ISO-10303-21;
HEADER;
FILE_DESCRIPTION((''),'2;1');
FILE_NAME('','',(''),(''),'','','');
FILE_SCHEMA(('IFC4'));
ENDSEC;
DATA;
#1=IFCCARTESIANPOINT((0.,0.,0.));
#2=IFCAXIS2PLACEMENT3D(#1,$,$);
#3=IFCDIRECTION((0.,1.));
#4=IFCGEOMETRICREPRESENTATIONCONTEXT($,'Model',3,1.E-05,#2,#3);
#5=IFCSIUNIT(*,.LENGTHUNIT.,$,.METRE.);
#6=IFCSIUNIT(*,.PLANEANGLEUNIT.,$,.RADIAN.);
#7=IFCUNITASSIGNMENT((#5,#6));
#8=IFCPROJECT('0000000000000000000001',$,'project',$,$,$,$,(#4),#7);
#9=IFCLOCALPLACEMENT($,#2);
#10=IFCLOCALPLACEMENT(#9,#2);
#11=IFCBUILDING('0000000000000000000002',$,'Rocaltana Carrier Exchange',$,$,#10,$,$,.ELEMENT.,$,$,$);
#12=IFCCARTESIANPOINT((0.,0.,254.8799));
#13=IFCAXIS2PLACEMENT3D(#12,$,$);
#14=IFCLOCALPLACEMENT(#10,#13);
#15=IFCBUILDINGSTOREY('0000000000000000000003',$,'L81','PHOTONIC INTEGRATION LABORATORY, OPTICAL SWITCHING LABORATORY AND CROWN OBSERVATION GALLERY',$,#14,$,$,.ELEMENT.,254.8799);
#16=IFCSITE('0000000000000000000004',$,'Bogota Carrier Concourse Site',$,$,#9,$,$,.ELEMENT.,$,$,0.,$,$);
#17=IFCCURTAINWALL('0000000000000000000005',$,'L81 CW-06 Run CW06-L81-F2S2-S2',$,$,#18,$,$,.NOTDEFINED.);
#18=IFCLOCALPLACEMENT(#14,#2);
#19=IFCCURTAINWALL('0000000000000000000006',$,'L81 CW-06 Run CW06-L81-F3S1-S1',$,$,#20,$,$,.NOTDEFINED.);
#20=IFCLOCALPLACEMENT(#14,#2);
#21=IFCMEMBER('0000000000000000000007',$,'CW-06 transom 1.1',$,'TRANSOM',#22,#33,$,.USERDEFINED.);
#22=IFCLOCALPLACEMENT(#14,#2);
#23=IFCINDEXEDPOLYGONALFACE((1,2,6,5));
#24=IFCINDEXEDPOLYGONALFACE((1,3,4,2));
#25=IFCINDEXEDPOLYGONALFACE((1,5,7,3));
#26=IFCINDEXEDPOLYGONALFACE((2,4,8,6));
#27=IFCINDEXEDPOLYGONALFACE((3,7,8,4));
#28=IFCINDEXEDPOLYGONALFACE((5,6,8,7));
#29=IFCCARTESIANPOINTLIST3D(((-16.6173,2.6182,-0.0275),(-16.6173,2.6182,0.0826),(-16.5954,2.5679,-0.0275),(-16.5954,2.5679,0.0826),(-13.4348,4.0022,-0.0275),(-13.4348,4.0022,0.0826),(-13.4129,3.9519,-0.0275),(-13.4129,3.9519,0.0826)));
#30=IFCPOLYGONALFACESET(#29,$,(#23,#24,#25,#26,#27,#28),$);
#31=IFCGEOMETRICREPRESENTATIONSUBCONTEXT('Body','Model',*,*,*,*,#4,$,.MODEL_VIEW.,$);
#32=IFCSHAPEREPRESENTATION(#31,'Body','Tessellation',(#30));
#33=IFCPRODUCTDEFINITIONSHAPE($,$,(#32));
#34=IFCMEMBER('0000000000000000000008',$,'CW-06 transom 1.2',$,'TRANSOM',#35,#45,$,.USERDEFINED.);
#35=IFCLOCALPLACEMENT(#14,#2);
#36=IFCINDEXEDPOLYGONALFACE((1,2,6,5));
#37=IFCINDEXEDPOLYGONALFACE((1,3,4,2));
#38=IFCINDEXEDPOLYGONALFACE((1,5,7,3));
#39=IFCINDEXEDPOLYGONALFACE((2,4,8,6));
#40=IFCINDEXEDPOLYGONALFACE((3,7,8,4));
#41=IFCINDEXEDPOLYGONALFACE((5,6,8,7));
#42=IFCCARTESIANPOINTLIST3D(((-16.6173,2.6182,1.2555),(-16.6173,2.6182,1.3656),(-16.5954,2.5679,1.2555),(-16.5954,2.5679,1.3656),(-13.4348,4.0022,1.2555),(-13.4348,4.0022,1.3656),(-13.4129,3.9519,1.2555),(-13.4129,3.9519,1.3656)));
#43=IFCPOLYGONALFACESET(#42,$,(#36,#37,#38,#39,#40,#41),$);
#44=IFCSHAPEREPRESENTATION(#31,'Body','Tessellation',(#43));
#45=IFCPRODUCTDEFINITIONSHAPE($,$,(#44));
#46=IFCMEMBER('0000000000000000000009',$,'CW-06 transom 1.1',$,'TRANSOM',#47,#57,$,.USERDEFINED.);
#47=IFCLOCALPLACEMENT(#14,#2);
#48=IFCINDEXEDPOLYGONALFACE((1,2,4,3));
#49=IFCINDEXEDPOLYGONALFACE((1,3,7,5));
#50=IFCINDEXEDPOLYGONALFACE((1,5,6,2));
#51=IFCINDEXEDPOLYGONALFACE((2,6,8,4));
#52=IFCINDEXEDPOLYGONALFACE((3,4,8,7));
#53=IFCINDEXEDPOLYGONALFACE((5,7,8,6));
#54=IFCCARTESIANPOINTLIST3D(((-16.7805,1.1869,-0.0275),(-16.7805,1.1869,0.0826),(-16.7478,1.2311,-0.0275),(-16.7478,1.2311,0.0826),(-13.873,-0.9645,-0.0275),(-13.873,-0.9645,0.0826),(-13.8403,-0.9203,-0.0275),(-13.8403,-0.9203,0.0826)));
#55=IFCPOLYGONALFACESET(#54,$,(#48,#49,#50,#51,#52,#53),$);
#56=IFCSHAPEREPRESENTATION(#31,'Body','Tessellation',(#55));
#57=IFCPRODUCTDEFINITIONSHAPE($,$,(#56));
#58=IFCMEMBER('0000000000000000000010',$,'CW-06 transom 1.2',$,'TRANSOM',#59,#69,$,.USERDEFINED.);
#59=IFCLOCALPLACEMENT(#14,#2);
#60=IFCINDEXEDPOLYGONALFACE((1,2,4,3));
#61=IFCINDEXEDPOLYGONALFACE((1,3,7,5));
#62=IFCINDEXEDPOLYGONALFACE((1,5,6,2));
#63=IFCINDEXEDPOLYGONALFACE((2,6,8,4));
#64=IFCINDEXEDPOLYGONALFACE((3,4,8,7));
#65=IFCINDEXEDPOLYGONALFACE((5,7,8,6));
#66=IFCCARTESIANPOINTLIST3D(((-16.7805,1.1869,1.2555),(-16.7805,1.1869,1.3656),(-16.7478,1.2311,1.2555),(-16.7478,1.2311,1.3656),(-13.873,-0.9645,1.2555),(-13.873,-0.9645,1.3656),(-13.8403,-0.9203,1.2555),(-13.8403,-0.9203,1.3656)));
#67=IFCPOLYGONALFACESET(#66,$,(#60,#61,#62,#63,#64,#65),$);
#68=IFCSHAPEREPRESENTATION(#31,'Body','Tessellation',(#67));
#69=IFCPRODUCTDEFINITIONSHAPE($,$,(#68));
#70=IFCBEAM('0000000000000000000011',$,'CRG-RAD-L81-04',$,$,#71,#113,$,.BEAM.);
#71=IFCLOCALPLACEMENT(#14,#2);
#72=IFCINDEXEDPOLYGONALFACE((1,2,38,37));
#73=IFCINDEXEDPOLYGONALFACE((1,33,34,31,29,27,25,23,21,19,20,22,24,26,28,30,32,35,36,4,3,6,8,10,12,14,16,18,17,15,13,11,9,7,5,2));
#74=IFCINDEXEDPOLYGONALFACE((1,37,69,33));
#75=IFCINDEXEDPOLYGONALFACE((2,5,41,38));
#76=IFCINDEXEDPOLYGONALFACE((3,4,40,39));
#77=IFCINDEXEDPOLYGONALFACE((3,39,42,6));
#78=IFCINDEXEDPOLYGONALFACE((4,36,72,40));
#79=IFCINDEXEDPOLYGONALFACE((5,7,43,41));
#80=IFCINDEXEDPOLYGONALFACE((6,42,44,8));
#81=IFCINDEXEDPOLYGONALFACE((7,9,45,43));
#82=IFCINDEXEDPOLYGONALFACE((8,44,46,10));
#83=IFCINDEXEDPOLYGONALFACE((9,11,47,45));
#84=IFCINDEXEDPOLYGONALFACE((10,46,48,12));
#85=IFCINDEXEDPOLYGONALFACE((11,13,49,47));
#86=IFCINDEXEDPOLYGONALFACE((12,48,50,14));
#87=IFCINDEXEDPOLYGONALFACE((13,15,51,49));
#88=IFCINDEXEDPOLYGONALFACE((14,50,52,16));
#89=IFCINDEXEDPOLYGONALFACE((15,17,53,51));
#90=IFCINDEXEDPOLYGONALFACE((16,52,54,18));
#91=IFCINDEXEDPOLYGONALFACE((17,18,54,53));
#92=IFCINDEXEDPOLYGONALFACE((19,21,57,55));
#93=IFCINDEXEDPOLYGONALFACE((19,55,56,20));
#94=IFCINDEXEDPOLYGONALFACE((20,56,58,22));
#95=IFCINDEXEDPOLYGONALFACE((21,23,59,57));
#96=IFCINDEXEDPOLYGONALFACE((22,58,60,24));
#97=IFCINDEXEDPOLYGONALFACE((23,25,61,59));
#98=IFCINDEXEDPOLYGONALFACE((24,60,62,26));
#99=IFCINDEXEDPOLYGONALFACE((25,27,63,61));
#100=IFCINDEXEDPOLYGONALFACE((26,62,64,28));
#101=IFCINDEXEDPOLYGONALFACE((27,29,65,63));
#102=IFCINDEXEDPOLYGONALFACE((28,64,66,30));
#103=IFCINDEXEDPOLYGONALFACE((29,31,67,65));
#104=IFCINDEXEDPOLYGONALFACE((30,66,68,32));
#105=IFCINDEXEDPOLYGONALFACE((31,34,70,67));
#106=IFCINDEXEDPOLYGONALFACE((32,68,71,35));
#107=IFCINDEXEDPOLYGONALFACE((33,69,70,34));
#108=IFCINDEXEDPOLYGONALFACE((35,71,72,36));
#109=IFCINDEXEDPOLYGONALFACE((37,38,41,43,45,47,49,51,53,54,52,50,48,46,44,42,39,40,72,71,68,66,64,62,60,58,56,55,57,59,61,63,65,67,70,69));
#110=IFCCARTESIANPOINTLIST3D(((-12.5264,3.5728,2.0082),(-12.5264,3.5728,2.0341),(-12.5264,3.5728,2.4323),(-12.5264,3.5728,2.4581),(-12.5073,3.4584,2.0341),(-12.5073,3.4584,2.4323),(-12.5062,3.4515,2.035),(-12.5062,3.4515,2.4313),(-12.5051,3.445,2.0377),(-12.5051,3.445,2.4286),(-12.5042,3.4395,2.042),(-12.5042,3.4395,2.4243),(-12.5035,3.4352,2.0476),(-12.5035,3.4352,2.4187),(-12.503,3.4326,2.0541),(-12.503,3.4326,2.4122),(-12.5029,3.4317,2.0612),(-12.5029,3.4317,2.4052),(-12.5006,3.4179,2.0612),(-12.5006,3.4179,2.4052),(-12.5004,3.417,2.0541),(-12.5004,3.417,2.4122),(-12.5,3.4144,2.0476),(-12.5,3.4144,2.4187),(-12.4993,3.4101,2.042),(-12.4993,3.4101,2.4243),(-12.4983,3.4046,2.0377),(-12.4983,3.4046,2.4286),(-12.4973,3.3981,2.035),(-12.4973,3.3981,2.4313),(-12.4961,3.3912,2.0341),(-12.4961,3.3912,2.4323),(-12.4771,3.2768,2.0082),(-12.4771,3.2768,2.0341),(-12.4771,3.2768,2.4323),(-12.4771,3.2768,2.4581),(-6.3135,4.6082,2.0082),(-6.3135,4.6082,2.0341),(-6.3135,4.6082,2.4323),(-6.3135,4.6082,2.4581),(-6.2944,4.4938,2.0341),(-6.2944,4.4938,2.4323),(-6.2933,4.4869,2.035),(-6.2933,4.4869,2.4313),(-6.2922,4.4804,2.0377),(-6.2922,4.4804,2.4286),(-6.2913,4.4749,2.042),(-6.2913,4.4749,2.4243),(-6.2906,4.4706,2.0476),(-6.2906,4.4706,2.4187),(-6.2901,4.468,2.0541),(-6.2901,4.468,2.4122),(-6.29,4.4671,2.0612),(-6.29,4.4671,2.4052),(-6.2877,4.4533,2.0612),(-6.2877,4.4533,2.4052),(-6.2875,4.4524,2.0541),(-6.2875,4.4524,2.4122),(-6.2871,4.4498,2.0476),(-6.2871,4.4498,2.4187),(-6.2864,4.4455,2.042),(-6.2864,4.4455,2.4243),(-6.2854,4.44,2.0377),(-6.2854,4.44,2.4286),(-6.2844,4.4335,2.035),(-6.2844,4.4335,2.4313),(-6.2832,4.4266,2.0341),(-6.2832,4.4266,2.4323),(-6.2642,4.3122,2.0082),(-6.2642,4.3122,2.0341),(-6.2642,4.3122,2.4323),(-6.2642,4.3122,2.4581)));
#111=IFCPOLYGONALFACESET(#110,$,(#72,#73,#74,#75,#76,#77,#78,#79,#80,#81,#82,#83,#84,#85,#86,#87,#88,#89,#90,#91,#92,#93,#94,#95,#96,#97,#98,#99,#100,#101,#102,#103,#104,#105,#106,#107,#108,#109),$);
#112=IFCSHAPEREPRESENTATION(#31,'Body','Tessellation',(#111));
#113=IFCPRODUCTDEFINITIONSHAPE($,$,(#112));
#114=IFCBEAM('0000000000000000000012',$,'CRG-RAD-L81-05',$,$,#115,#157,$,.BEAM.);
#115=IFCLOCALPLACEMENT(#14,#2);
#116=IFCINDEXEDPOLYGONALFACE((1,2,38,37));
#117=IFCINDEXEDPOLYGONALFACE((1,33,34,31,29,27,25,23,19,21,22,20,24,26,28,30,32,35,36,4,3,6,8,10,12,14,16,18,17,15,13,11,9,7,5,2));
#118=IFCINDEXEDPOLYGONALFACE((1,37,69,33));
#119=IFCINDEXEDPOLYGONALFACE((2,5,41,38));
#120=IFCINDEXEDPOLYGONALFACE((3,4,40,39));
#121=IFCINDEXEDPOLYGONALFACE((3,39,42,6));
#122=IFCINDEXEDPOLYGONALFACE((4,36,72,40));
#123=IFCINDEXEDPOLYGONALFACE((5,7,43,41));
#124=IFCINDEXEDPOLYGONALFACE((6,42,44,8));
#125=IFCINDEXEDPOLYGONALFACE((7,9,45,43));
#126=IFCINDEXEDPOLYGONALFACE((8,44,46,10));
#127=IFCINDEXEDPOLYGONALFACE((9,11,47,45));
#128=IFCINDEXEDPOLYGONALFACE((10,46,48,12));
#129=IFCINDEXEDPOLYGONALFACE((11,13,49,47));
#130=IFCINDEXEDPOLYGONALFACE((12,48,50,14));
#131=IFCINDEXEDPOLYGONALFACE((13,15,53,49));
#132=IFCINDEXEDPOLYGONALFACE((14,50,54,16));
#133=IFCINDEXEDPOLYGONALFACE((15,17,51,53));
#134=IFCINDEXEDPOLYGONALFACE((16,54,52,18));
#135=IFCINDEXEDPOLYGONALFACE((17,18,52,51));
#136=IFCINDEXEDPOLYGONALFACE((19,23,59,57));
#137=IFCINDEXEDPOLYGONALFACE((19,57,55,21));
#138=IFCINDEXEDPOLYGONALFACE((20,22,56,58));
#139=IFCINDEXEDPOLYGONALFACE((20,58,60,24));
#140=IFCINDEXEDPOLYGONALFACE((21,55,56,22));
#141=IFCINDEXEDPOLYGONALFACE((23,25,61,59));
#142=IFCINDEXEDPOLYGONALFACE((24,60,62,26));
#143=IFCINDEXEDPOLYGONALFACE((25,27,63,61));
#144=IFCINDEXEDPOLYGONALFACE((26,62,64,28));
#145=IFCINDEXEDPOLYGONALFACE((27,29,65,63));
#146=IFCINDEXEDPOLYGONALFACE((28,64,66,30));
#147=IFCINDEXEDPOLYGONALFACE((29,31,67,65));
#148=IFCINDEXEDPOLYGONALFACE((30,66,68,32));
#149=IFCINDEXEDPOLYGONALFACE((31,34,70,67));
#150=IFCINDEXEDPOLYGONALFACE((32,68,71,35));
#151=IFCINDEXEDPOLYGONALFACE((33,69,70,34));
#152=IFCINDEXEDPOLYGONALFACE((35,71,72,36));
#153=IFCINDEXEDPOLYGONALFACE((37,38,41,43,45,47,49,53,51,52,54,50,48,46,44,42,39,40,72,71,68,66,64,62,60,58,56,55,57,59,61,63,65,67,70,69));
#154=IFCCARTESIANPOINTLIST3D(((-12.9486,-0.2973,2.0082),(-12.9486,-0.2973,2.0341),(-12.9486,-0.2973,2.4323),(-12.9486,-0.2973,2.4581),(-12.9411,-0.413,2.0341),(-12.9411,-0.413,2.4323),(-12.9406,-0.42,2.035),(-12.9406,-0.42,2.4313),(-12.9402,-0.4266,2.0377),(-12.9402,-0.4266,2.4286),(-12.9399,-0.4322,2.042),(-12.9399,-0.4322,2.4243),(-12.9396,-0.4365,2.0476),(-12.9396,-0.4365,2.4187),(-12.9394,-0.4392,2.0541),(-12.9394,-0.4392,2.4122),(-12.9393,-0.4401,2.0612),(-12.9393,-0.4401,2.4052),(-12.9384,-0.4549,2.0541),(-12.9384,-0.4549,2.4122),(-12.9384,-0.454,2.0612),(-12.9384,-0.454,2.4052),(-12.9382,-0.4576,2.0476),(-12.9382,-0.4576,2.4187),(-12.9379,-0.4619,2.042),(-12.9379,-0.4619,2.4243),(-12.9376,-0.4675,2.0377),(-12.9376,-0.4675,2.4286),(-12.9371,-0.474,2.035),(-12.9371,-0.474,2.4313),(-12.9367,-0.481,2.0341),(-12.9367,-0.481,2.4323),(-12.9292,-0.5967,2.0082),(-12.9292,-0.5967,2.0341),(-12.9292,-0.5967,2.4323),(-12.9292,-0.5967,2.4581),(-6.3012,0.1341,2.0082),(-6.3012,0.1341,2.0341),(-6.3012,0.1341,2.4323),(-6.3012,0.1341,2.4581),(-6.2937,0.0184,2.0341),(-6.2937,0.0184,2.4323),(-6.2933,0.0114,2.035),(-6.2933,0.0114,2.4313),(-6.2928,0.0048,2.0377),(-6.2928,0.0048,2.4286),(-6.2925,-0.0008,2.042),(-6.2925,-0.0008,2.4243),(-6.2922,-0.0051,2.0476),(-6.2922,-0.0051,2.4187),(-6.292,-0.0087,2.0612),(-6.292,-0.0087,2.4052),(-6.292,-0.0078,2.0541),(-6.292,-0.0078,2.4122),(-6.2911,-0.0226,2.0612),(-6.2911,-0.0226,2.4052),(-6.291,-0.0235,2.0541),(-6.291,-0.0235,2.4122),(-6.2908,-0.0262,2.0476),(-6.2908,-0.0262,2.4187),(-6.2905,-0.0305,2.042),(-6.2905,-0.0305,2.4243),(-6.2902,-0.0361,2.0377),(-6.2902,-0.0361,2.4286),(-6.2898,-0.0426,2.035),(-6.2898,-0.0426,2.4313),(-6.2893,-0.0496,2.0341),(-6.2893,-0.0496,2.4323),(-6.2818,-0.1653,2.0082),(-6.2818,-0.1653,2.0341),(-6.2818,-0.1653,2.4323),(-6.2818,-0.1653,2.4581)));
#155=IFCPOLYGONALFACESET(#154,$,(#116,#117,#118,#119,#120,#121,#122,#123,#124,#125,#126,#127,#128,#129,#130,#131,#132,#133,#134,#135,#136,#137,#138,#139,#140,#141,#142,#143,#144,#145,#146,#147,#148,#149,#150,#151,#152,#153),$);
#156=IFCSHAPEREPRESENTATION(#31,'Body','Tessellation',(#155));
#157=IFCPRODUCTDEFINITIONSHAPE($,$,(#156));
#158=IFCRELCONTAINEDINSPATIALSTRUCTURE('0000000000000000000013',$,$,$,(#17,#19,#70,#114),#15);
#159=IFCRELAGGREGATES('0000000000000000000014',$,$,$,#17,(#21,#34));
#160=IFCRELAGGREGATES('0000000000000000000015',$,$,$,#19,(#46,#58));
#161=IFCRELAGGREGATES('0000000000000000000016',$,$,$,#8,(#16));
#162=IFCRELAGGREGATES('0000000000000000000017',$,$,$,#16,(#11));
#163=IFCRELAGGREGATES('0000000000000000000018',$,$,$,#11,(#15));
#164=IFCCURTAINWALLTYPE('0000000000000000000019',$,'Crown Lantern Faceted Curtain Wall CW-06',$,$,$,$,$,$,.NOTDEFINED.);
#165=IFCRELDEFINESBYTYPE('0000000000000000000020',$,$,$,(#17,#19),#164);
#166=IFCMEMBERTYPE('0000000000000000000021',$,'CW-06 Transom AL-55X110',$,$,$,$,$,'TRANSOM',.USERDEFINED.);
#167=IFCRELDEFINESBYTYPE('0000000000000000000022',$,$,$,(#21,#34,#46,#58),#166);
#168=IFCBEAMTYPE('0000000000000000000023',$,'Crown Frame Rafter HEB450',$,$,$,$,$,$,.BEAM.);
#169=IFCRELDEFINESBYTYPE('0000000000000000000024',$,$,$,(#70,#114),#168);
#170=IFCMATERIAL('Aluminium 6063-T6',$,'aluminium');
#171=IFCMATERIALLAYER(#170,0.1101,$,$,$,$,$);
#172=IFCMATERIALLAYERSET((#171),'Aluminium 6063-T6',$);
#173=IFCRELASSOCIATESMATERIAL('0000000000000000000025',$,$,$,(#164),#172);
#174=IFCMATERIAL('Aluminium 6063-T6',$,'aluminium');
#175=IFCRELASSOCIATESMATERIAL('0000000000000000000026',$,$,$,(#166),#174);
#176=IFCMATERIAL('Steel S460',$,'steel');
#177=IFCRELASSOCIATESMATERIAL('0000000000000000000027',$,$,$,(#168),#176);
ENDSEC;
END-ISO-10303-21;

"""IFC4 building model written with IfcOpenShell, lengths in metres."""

from ifc_helpers import new_model, si_unit, direction, frame, origin, origin_2d, place, context, subcontext, project, spatial, rectangle, i_section, extrude, material, layer, layer_set, material_profile, profile_set, type_object, element, aggregate, save


model = new_model("IFC4")

# Units and contexts
model_context = context("Model", 3, precision=1e-05, world=origin(), true_north=direction((0.0, 1.0)))
body_context = subcontext(model_context, "Body", "Model", "MODEL_VIEW")
ifc_project = project(units=[si_unit("LENGTHUNIT", "METRE"), si_unit("PLANEANGLEUNIT", "RADIAN")], contexts=[model_context])

# Site, building, storey
site_placement = place(None, origin())
site = spatial("IfcSite", under=ifc_project, at=site_placement, Name="Bogota Carrier Concourse Site", CompositionType="ELEMENT", RefElevation=0.0)
building_placement = place(site_placement, origin())
building = spatial("IfcBuilding", under=site, at=building_placement, Name="Rocaltana Carrier Exchange", CompositionType="ELEMENT")
storey_placement = place(building_placement, frame((0.0, 0.0, 254.8799)))
storey = spatial("IfcBuildingStorey", under=building, at=storey_placement, Name="L81", Description="PHOTONIC INTEGRATION LABORATORY, OPTICAL SWITCHING LABORATORY AND CROWN OBSERVATION GALLERY", CompositionType="ELEMENT", Elevation=254.8799)

# Curtain wall
ifc_material_1 = material(Name="Aluminium 6063-T6", Category="aluminium")
ifc_layer_1 = layer(ifc_material_1, 0.1101)
ifc_layer_set_1 = layer_set([ifc_layer_1], Name="Aluminium 6063-T6")
curtain_wall_type = type_object("IfcCurtainWallType", Name="Crown Lantern Faceted Curtain Wall CW-06", PredefinedType="NOTDEFINED", material=ifc_layer_set_1)
curtain_wall_1_placement = place(storey_placement, origin())
curtain_wall_1 = element("IfcCurtainWall", 1, at=curtain_wall_1_placement, inside=storey, type_object=curtain_wall_type, Name="L81 CW-06 Run CW06-L81-F2S2-S2", PredefinedType="NOTDEFINED")

# Curtain wall
curtain_wall_2_placement = place(storey_placement, origin())
curtain_wall_2 = element("IfcCurtainWall", 2, at=curtain_wall_2_placement, inside=storey, type_object=curtain_wall_type, Name="L81 CW-06 Run CW06-L81-F3S1-S1", PredefinedType="NOTDEFINED")

# Members
ifc_material_2 = material(Name="Aluminium 6063-T6", Category="aluminium")
ifc_material_profile_1 = material_profile(ifc_material_2, rectangle(XDim=0.0549, YDim=0.1101, at=origin_2d()), Name="AL-55X110")
ifc_profile_set_1 = profile_set([ifc_material_profile_1], Name="Aluminium 6063-T6")
member_type_1 = type_object("IfcMemberType", Name="CW-06 Transom AL-55X110", ElementType="TRANSOM", PredefinedType="USERDEFINED", material=ifc_profile_set_1)
member_1_placement = place(storey_placement, frame((-13.4238, 3.9771, 0.0276), z_axis=(-0.91704, -0.398796, 0.0), x_axis=(0.398796, -0.91704, 0.0)))
member_1 = element("IfcMember", 3, at=member_1_placement, type_object=member_type_1, Name="CW-06 transom 1.1", ObjectType="TRANSOM", PredefinedType="USERDEFINED", context=body_context, shape_type="SweptSolid", body=[
    extrude(rectangle(XDim=0.0549, YDim=0.1101, at=origin_2d()), origin(), (0.0, 0.0, 1.0), 3.4705),
])
member_2_placement = place(storey_placement, frame((-13.4238, 3.9771, 1.3105), z_axis=(-0.91704, -0.398796, 0.0), x_axis=(0.398796, -0.91704, 0.0)))
member_2 = element("IfcMember", 4, at=member_2_placement, type_object=member_type_1, Name="CW-06 transom 1.2", ObjectType="TRANSOM", PredefinedType="USERDEFINED", context=body_context, shape_type="SweptSolid", body=[
    extrude(rectangle(XDim=0.0549, YDim=0.1101, at=origin_2d()), origin(), (0.0, 0.0, 1.0), 3.4705),
])
member_3_placement = place(storey_placement, frame((-16.7642, 1.209, 0.0276), z_axis=(0.803863, -0.594814, 0.0), x_axis=(0.594814, 0.803863, 0.0)))
member_3 = element("IfcMember", 5, at=member_3_placement, type_object=member_type_1, Name="CW-06 transom 1.1", ObjectType="TRANSOM", PredefinedType="USERDEFINED", context=body_context, shape_type="SweptSolid", body=[
    extrude(rectangle(XDim=0.0549, YDim=0.1101, at=origin_2d()), origin(), (0.0, 0.0, 1.0), 3.6169),
])
member_4_placement = place(storey_placement, frame((-16.7642, 1.209, 1.3105), z_axis=(0.803863, -0.594814, 0.0), x_axis=(0.594814, 0.803863, 0.0)))
member_4 = element("IfcMember", 6, at=member_4_placement, type_object=member_type_1, Name="CW-06 transom 1.2", ObjectType="TRANSOM", PredefinedType="USERDEFINED", context=body_context, shape_type="SweptSolid", body=[
    extrude(rectangle(XDim=0.0549, YDim=0.1101, at=origin_2d()), origin(), (0.0, 0.0, 1.0), 3.6169),
])

# Beams
ifc_material_3 = material(Name="Steel S460", Category="steel")
ifc_material_profile_2 = material_profile(ifc_material_3, i_section(OverallWidth=0.3, OverallDepth=0.45, WebThickness=0.0139, FlangeThickness=0.0259, FilletRadius=0.0271, at=origin_2d()), Name="HEB450")
ifc_profile_set_2 = profile_set([ifc_material_profile_2], Name="Steel S460")
beam_type_1 = type_object("IfcBeamType", Name="Crown Frame Rafter HEB450", PredefinedType="BEAM", material=ifc_profile_set_2)
beam_1_placement = place(storey_placement, frame((-6.2888, 4.4602, 2.2332), z_axis=(-0.986396, -0.164386, 0.0), x_axis=(0.164386, -0.986396, 0.0)))
element("IfcBeam", 7, at=beam_1_placement, inside=storey, type_object=beam_type_1, Name="CRG-RAD-L81-04", PredefinedType="BEAM", context=body_context, shape_type="SweptSolid", body=[
    extrude(i_section(OverallWidth=0.3, OverallDepth=0.45, WebThickness=0.0139, FlangeThickness=0.0259, FilletRadius=0.0271, at=origin_2d()), origin(), (0.0, 0.0, 1.0), 6.2986),
])
beam_2_placement = place(storey_placement, frame((-6.2915, -0.0156, 2.2332), z_axis=(-0.997901, -0.06476, 0.0), x_axis=(0.06476, -0.997901, 0.0)))
element("IfcBeam", 8, at=beam_2_placement, inside=storey, type_object=beam_type_1, Name="CRG-RAD-L81-05", PredefinedType="BEAM", context=body_context, shape_type="SweptSolid", body=[
    extrude(i_section(OverallWidth=0.3, OverallDepth=0.45, WebThickness=0.0139, FlangeThickness=0.0259, FilletRadius=0.0271, at=origin_2d()), origin(), (0.0, 0.0, 1.0), 6.6614),
])

aggregate(curtain_wall_1, [member_1, member_2])
aggregate(curtain_wall_2, [member_3, member_4])

save(model, "model.ifc")
